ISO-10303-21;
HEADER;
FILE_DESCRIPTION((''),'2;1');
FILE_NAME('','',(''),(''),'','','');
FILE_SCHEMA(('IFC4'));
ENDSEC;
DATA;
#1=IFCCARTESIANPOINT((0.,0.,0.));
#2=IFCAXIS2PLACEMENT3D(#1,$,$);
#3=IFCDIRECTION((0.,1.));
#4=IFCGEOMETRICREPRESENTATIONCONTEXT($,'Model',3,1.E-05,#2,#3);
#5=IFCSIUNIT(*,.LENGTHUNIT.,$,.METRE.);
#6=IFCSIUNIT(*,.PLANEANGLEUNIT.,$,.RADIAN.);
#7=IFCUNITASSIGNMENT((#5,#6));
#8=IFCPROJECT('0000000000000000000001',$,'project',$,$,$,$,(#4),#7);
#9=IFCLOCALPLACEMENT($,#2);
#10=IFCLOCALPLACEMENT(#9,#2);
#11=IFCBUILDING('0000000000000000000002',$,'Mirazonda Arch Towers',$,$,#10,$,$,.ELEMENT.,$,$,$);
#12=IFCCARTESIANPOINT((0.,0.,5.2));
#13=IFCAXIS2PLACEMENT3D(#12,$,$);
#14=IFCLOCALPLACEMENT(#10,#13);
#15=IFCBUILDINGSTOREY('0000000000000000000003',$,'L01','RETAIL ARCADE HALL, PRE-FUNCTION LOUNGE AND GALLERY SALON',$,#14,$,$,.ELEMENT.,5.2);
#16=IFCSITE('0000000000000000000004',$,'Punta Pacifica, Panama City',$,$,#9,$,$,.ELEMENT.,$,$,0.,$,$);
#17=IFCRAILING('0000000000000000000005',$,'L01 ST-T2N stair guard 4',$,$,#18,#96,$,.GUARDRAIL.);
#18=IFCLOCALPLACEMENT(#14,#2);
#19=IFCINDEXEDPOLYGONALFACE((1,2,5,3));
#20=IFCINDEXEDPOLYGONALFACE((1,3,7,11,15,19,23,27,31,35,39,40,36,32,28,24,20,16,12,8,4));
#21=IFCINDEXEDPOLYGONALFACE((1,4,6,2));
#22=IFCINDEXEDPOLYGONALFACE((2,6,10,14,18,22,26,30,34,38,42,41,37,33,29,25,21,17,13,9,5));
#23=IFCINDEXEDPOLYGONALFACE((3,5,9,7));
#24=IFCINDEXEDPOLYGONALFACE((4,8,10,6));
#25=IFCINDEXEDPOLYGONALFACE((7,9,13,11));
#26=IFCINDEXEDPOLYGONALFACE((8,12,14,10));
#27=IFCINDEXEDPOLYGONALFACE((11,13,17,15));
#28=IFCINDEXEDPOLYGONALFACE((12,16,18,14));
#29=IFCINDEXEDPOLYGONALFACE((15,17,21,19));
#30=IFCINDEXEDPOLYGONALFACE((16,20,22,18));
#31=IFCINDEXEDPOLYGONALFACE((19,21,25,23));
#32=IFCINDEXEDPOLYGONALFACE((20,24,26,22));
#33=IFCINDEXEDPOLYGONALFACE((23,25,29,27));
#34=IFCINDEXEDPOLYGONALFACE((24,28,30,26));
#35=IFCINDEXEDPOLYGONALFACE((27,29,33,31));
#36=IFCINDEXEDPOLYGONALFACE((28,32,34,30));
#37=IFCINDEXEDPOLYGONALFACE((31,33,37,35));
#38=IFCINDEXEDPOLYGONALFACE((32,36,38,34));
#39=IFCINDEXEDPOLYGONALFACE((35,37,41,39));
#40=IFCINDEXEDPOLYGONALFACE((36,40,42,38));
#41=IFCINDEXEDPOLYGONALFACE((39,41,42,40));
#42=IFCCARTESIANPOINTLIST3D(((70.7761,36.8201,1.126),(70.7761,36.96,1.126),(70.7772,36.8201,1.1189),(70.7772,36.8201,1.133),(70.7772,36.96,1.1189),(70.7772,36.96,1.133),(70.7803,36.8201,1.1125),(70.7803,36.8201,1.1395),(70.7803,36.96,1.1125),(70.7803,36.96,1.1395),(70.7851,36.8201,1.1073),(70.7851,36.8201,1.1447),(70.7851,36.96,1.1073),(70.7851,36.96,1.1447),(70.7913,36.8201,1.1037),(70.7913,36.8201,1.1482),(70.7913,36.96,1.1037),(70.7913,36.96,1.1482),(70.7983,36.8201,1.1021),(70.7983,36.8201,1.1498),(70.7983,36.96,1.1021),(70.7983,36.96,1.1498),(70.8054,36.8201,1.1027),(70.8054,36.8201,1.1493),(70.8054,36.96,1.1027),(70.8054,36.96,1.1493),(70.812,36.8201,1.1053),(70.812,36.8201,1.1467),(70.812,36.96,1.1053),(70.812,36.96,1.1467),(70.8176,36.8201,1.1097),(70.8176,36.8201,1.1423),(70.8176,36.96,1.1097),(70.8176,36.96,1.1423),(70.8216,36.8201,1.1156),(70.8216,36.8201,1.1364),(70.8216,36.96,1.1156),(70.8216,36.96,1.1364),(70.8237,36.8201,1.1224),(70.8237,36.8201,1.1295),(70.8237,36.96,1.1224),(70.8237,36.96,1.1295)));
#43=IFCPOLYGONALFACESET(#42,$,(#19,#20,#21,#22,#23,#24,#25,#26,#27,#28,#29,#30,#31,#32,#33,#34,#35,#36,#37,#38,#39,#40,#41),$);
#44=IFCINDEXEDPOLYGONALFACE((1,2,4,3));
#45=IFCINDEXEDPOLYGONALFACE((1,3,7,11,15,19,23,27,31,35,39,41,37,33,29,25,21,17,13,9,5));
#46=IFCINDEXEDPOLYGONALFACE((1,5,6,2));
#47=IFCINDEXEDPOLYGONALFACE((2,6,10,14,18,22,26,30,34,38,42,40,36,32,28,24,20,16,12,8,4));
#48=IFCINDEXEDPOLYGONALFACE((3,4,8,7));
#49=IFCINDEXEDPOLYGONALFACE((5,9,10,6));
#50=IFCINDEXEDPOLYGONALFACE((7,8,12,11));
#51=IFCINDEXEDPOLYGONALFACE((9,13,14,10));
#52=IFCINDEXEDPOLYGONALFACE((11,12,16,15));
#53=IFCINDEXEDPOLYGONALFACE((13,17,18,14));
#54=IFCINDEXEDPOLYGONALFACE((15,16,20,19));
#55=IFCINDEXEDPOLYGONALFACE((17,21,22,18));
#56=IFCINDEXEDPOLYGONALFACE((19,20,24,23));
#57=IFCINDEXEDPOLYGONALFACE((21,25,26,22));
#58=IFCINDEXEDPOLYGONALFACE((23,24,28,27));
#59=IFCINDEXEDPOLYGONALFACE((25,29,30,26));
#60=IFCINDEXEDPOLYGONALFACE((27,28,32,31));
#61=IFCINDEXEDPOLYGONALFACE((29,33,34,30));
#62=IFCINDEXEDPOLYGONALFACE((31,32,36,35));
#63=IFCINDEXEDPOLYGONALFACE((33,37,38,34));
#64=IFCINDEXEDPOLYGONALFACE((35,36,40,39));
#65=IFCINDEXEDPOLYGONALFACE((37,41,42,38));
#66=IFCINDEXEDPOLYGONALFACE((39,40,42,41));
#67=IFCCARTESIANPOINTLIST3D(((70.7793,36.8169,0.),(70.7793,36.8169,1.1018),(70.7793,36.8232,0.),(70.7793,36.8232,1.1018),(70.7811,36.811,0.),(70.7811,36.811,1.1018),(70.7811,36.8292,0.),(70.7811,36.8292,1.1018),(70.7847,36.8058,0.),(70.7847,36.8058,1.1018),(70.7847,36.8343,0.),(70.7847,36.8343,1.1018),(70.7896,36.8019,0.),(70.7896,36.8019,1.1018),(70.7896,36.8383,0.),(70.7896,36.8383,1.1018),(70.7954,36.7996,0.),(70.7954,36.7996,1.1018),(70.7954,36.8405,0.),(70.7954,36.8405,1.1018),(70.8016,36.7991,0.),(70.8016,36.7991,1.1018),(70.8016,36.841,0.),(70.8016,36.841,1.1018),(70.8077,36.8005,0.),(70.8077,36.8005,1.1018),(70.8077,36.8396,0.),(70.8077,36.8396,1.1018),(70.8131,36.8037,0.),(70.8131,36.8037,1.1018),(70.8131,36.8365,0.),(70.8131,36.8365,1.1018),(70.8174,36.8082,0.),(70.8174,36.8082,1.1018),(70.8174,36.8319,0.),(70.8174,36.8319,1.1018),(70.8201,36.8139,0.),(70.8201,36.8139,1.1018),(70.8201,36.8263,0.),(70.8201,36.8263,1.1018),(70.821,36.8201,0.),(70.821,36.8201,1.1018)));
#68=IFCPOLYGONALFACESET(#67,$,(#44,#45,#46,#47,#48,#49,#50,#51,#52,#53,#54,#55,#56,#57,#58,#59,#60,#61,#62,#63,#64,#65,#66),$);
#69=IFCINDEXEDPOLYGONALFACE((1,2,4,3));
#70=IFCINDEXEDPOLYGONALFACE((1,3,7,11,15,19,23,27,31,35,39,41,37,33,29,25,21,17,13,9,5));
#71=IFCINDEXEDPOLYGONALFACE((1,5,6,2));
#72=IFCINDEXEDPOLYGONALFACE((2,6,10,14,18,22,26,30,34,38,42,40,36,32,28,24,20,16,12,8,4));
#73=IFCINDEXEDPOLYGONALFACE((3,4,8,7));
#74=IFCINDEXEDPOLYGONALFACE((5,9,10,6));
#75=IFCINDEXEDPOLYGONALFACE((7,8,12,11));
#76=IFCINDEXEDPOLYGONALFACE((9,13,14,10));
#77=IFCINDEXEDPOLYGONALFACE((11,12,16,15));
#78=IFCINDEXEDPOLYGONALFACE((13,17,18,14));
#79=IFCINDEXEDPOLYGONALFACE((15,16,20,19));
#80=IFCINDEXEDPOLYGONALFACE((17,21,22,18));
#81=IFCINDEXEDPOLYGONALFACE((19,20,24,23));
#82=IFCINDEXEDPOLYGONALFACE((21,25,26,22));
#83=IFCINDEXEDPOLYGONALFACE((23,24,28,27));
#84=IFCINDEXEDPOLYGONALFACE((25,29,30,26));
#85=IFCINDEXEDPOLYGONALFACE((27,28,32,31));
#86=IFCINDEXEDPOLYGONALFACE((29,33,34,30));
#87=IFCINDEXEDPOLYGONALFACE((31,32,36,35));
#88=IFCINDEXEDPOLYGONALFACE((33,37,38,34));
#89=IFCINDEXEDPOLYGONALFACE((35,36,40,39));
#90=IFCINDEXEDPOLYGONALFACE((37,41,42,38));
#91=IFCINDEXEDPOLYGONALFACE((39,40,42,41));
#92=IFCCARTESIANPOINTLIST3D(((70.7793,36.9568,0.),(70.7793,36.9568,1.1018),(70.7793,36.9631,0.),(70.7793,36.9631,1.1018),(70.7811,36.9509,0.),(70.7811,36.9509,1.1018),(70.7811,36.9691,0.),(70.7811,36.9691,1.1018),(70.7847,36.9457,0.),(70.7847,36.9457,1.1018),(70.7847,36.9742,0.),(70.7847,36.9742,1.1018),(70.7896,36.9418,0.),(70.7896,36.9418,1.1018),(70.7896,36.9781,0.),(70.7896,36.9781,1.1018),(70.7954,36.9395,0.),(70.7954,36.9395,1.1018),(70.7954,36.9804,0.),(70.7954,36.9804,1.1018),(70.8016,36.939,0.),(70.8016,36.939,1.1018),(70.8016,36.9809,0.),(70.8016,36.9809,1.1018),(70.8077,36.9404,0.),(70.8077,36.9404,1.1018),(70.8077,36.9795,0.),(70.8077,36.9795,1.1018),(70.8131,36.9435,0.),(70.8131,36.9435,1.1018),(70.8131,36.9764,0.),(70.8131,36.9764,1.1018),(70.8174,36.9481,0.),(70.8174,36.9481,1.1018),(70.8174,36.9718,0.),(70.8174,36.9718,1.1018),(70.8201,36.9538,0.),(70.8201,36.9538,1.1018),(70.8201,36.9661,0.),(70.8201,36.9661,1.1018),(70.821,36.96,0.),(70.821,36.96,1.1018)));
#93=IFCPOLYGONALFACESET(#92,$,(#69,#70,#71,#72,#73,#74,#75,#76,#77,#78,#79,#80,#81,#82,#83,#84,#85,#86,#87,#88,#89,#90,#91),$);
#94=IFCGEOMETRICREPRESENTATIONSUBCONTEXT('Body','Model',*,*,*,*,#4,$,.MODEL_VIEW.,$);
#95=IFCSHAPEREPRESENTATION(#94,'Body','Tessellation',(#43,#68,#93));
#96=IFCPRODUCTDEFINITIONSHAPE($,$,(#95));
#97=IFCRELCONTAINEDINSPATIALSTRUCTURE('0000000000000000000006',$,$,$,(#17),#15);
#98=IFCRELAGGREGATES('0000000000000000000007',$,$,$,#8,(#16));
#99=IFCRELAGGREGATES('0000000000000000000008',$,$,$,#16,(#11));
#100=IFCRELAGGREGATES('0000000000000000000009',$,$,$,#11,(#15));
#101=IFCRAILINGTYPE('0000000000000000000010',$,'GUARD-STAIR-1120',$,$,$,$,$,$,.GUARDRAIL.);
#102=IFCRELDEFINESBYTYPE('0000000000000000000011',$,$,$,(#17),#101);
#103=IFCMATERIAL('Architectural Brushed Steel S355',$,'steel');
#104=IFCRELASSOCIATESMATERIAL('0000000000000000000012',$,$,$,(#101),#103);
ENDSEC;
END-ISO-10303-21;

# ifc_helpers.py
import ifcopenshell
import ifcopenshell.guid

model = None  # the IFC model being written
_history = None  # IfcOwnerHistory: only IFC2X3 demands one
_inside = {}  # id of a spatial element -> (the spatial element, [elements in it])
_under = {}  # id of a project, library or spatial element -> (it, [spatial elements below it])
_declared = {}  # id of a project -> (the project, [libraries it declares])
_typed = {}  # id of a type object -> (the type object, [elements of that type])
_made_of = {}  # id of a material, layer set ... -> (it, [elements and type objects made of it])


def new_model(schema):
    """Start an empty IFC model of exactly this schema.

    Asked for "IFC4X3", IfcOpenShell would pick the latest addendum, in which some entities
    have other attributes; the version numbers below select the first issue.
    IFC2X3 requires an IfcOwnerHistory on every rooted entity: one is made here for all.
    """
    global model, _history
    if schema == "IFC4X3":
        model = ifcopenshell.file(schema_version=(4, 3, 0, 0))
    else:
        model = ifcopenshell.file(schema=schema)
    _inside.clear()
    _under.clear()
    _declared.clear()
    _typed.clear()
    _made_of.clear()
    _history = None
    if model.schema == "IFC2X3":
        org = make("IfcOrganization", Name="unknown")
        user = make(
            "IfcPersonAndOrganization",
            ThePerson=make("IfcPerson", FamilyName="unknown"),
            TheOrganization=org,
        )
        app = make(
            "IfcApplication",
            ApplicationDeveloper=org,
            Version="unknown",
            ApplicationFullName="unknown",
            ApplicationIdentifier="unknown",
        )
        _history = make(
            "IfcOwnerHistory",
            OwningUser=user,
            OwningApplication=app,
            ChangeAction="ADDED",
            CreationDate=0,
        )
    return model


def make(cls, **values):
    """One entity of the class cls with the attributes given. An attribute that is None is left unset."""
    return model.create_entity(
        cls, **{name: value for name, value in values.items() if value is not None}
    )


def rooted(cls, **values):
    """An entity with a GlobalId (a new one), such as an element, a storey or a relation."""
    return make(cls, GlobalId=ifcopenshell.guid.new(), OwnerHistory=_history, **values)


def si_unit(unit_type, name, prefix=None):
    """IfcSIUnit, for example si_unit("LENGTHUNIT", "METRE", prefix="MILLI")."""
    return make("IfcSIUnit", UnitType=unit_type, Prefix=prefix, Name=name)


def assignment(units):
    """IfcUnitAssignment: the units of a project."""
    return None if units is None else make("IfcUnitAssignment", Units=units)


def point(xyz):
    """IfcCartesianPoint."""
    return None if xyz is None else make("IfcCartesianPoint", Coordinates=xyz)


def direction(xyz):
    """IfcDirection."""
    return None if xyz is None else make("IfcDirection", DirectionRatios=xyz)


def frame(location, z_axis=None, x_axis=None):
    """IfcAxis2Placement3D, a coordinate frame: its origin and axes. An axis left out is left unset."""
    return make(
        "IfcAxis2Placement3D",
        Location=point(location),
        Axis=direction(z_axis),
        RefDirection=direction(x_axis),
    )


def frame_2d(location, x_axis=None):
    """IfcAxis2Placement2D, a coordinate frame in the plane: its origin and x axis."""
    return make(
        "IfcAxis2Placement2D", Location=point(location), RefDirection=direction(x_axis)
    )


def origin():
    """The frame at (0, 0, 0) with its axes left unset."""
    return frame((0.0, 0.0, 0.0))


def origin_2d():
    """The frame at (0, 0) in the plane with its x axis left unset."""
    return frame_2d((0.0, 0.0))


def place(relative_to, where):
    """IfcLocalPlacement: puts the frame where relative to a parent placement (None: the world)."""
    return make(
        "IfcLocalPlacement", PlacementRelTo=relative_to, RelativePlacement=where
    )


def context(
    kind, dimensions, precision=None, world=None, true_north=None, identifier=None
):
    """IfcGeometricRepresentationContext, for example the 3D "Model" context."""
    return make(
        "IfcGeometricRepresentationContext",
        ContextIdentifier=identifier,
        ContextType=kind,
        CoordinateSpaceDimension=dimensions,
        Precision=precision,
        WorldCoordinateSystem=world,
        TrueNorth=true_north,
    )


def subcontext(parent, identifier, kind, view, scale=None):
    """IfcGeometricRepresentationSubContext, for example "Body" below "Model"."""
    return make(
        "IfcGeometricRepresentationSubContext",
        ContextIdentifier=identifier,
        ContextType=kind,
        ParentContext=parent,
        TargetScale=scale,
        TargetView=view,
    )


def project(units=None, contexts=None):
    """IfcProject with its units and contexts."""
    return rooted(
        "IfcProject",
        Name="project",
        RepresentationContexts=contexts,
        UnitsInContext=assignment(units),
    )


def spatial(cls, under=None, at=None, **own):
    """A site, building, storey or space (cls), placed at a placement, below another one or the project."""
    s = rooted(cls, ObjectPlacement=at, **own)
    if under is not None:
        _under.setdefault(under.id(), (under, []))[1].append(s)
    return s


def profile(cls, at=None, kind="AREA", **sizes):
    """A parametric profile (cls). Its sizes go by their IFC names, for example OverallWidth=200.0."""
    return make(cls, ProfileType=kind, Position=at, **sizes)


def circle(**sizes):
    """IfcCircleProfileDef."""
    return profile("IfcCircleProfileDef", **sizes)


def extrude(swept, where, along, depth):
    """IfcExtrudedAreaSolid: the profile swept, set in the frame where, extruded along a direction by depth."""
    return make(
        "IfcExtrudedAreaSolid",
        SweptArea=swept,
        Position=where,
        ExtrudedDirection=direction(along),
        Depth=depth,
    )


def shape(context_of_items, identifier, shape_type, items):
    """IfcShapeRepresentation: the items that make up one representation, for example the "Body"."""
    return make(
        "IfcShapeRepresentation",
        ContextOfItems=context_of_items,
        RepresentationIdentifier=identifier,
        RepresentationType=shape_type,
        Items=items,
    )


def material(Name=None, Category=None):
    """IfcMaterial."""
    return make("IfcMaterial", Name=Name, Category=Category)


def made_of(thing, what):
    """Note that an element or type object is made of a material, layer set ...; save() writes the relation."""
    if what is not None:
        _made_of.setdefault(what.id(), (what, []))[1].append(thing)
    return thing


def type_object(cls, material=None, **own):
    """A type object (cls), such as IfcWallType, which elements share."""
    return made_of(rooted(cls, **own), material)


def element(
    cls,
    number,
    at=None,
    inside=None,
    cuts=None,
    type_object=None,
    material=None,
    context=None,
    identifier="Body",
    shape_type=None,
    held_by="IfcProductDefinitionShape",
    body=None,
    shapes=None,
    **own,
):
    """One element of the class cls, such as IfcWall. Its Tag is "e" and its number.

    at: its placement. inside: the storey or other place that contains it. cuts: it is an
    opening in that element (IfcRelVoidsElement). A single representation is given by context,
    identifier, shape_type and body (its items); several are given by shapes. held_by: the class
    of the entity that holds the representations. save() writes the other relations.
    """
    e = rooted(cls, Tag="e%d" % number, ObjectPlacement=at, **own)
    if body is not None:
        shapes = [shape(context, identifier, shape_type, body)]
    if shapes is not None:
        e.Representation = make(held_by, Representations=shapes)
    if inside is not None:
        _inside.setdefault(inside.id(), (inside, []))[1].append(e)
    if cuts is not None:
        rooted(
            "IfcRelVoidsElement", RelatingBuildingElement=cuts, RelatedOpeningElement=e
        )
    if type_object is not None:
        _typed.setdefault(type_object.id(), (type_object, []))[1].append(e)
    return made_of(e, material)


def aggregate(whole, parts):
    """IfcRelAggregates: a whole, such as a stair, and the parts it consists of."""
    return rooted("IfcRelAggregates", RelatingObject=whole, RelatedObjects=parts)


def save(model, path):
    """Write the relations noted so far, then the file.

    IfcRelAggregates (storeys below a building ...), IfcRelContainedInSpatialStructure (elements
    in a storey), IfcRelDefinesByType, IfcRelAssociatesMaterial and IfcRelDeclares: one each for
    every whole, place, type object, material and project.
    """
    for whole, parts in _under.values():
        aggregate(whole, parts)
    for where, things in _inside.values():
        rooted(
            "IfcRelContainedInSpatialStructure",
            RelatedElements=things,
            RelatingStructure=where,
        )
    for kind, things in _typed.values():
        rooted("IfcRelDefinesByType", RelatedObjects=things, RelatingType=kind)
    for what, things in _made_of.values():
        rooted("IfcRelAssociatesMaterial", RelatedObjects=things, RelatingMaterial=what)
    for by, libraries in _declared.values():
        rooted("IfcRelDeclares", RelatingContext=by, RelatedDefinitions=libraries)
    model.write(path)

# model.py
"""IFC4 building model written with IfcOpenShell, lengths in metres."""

from ifc_helpers import new_model, si_unit, direction, frame, origin, origin_2d, place, context, subcontext, project, spatial, circle, extrude, material, type_object, element, save


model = new_model("IFC4")

# Units and contexts
model_context = context("Model", 3, precision=1e-05, world=origin(), true_north=direction((0.0, 1.0)))
body_context = subcontext(model_context, "Body", "Model", "MODEL_VIEW")
ifc_project = project(units=[si_unit("LENGTHUNIT", "METRE"), si_unit("PLANEANGLEUNIT", "RADIAN")], contexts=[model_context])

# Site, building, storey
site_placement = place(None, origin())
site = spatial("IfcSite", under=ifc_project, at=site_placement, Name="Punta Pacifica, Panama City", CompositionType="ELEMENT", RefElevation=0.0)
building_placement = place(site_placement, origin())
building = spatial("IfcBuilding", under=site, at=building_placement, Name="Mirazonda Arch Towers", CompositionType="ELEMENT")
storey_placement = place(building_placement, frame((0.0, 0.0, 5.2)))
storey = spatial("IfcBuildingStorey", under=building, at=storey_placement, Name="L01", Description="RETAIL ARCADE HALL, PRE-FUNCTION LOUNGE AND GALLERY SALON", CompositionType="ELEMENT", Elevation=5.2)

# Shared definitions
ifc_material_1 = material(Name="Architectural Brushed Steel S355", Category="steel")

# Railing
railing_type_1 = type_object("IfcRailingType", Name="GUARD-STAIR-1120", PredefinedType="GUARDRAIL", material=ifc_material_1)
railing_1_placement = place(storey_placement, frame((70.8, 36.8201, 0.0)))
element("IfcRailing", 1, at=railing_1_placement, inside=storey, type_object=railing_type_1, Name="L01 ST-T2N stair guard 4", PredefinedType="GUARDRAIL", context=body_context, shape_type="SweptSolid", body=[
    extrude(circle(Radius=0.0239, at=origin_2d()), frame((0.0, 0.0, 1.126), z_axis=(0.0, 1.0, 0.0), x_axis=(-1.0, 0.0, 0.0)), (0.0, 0.0, 1.0), 0.1399),
    extrude(circle(Radius=0.021, at=origin_2d()), origin(), (0.0, 0.0, 1.0), 1.1018),
    extrude(circle(Radius=0.021, at=origin_2d()), frame((0.0, 0.1399, 0.0)), (0.0, 0.0, 1.0), 1.1018),
])

save(model, "model.ifc")
